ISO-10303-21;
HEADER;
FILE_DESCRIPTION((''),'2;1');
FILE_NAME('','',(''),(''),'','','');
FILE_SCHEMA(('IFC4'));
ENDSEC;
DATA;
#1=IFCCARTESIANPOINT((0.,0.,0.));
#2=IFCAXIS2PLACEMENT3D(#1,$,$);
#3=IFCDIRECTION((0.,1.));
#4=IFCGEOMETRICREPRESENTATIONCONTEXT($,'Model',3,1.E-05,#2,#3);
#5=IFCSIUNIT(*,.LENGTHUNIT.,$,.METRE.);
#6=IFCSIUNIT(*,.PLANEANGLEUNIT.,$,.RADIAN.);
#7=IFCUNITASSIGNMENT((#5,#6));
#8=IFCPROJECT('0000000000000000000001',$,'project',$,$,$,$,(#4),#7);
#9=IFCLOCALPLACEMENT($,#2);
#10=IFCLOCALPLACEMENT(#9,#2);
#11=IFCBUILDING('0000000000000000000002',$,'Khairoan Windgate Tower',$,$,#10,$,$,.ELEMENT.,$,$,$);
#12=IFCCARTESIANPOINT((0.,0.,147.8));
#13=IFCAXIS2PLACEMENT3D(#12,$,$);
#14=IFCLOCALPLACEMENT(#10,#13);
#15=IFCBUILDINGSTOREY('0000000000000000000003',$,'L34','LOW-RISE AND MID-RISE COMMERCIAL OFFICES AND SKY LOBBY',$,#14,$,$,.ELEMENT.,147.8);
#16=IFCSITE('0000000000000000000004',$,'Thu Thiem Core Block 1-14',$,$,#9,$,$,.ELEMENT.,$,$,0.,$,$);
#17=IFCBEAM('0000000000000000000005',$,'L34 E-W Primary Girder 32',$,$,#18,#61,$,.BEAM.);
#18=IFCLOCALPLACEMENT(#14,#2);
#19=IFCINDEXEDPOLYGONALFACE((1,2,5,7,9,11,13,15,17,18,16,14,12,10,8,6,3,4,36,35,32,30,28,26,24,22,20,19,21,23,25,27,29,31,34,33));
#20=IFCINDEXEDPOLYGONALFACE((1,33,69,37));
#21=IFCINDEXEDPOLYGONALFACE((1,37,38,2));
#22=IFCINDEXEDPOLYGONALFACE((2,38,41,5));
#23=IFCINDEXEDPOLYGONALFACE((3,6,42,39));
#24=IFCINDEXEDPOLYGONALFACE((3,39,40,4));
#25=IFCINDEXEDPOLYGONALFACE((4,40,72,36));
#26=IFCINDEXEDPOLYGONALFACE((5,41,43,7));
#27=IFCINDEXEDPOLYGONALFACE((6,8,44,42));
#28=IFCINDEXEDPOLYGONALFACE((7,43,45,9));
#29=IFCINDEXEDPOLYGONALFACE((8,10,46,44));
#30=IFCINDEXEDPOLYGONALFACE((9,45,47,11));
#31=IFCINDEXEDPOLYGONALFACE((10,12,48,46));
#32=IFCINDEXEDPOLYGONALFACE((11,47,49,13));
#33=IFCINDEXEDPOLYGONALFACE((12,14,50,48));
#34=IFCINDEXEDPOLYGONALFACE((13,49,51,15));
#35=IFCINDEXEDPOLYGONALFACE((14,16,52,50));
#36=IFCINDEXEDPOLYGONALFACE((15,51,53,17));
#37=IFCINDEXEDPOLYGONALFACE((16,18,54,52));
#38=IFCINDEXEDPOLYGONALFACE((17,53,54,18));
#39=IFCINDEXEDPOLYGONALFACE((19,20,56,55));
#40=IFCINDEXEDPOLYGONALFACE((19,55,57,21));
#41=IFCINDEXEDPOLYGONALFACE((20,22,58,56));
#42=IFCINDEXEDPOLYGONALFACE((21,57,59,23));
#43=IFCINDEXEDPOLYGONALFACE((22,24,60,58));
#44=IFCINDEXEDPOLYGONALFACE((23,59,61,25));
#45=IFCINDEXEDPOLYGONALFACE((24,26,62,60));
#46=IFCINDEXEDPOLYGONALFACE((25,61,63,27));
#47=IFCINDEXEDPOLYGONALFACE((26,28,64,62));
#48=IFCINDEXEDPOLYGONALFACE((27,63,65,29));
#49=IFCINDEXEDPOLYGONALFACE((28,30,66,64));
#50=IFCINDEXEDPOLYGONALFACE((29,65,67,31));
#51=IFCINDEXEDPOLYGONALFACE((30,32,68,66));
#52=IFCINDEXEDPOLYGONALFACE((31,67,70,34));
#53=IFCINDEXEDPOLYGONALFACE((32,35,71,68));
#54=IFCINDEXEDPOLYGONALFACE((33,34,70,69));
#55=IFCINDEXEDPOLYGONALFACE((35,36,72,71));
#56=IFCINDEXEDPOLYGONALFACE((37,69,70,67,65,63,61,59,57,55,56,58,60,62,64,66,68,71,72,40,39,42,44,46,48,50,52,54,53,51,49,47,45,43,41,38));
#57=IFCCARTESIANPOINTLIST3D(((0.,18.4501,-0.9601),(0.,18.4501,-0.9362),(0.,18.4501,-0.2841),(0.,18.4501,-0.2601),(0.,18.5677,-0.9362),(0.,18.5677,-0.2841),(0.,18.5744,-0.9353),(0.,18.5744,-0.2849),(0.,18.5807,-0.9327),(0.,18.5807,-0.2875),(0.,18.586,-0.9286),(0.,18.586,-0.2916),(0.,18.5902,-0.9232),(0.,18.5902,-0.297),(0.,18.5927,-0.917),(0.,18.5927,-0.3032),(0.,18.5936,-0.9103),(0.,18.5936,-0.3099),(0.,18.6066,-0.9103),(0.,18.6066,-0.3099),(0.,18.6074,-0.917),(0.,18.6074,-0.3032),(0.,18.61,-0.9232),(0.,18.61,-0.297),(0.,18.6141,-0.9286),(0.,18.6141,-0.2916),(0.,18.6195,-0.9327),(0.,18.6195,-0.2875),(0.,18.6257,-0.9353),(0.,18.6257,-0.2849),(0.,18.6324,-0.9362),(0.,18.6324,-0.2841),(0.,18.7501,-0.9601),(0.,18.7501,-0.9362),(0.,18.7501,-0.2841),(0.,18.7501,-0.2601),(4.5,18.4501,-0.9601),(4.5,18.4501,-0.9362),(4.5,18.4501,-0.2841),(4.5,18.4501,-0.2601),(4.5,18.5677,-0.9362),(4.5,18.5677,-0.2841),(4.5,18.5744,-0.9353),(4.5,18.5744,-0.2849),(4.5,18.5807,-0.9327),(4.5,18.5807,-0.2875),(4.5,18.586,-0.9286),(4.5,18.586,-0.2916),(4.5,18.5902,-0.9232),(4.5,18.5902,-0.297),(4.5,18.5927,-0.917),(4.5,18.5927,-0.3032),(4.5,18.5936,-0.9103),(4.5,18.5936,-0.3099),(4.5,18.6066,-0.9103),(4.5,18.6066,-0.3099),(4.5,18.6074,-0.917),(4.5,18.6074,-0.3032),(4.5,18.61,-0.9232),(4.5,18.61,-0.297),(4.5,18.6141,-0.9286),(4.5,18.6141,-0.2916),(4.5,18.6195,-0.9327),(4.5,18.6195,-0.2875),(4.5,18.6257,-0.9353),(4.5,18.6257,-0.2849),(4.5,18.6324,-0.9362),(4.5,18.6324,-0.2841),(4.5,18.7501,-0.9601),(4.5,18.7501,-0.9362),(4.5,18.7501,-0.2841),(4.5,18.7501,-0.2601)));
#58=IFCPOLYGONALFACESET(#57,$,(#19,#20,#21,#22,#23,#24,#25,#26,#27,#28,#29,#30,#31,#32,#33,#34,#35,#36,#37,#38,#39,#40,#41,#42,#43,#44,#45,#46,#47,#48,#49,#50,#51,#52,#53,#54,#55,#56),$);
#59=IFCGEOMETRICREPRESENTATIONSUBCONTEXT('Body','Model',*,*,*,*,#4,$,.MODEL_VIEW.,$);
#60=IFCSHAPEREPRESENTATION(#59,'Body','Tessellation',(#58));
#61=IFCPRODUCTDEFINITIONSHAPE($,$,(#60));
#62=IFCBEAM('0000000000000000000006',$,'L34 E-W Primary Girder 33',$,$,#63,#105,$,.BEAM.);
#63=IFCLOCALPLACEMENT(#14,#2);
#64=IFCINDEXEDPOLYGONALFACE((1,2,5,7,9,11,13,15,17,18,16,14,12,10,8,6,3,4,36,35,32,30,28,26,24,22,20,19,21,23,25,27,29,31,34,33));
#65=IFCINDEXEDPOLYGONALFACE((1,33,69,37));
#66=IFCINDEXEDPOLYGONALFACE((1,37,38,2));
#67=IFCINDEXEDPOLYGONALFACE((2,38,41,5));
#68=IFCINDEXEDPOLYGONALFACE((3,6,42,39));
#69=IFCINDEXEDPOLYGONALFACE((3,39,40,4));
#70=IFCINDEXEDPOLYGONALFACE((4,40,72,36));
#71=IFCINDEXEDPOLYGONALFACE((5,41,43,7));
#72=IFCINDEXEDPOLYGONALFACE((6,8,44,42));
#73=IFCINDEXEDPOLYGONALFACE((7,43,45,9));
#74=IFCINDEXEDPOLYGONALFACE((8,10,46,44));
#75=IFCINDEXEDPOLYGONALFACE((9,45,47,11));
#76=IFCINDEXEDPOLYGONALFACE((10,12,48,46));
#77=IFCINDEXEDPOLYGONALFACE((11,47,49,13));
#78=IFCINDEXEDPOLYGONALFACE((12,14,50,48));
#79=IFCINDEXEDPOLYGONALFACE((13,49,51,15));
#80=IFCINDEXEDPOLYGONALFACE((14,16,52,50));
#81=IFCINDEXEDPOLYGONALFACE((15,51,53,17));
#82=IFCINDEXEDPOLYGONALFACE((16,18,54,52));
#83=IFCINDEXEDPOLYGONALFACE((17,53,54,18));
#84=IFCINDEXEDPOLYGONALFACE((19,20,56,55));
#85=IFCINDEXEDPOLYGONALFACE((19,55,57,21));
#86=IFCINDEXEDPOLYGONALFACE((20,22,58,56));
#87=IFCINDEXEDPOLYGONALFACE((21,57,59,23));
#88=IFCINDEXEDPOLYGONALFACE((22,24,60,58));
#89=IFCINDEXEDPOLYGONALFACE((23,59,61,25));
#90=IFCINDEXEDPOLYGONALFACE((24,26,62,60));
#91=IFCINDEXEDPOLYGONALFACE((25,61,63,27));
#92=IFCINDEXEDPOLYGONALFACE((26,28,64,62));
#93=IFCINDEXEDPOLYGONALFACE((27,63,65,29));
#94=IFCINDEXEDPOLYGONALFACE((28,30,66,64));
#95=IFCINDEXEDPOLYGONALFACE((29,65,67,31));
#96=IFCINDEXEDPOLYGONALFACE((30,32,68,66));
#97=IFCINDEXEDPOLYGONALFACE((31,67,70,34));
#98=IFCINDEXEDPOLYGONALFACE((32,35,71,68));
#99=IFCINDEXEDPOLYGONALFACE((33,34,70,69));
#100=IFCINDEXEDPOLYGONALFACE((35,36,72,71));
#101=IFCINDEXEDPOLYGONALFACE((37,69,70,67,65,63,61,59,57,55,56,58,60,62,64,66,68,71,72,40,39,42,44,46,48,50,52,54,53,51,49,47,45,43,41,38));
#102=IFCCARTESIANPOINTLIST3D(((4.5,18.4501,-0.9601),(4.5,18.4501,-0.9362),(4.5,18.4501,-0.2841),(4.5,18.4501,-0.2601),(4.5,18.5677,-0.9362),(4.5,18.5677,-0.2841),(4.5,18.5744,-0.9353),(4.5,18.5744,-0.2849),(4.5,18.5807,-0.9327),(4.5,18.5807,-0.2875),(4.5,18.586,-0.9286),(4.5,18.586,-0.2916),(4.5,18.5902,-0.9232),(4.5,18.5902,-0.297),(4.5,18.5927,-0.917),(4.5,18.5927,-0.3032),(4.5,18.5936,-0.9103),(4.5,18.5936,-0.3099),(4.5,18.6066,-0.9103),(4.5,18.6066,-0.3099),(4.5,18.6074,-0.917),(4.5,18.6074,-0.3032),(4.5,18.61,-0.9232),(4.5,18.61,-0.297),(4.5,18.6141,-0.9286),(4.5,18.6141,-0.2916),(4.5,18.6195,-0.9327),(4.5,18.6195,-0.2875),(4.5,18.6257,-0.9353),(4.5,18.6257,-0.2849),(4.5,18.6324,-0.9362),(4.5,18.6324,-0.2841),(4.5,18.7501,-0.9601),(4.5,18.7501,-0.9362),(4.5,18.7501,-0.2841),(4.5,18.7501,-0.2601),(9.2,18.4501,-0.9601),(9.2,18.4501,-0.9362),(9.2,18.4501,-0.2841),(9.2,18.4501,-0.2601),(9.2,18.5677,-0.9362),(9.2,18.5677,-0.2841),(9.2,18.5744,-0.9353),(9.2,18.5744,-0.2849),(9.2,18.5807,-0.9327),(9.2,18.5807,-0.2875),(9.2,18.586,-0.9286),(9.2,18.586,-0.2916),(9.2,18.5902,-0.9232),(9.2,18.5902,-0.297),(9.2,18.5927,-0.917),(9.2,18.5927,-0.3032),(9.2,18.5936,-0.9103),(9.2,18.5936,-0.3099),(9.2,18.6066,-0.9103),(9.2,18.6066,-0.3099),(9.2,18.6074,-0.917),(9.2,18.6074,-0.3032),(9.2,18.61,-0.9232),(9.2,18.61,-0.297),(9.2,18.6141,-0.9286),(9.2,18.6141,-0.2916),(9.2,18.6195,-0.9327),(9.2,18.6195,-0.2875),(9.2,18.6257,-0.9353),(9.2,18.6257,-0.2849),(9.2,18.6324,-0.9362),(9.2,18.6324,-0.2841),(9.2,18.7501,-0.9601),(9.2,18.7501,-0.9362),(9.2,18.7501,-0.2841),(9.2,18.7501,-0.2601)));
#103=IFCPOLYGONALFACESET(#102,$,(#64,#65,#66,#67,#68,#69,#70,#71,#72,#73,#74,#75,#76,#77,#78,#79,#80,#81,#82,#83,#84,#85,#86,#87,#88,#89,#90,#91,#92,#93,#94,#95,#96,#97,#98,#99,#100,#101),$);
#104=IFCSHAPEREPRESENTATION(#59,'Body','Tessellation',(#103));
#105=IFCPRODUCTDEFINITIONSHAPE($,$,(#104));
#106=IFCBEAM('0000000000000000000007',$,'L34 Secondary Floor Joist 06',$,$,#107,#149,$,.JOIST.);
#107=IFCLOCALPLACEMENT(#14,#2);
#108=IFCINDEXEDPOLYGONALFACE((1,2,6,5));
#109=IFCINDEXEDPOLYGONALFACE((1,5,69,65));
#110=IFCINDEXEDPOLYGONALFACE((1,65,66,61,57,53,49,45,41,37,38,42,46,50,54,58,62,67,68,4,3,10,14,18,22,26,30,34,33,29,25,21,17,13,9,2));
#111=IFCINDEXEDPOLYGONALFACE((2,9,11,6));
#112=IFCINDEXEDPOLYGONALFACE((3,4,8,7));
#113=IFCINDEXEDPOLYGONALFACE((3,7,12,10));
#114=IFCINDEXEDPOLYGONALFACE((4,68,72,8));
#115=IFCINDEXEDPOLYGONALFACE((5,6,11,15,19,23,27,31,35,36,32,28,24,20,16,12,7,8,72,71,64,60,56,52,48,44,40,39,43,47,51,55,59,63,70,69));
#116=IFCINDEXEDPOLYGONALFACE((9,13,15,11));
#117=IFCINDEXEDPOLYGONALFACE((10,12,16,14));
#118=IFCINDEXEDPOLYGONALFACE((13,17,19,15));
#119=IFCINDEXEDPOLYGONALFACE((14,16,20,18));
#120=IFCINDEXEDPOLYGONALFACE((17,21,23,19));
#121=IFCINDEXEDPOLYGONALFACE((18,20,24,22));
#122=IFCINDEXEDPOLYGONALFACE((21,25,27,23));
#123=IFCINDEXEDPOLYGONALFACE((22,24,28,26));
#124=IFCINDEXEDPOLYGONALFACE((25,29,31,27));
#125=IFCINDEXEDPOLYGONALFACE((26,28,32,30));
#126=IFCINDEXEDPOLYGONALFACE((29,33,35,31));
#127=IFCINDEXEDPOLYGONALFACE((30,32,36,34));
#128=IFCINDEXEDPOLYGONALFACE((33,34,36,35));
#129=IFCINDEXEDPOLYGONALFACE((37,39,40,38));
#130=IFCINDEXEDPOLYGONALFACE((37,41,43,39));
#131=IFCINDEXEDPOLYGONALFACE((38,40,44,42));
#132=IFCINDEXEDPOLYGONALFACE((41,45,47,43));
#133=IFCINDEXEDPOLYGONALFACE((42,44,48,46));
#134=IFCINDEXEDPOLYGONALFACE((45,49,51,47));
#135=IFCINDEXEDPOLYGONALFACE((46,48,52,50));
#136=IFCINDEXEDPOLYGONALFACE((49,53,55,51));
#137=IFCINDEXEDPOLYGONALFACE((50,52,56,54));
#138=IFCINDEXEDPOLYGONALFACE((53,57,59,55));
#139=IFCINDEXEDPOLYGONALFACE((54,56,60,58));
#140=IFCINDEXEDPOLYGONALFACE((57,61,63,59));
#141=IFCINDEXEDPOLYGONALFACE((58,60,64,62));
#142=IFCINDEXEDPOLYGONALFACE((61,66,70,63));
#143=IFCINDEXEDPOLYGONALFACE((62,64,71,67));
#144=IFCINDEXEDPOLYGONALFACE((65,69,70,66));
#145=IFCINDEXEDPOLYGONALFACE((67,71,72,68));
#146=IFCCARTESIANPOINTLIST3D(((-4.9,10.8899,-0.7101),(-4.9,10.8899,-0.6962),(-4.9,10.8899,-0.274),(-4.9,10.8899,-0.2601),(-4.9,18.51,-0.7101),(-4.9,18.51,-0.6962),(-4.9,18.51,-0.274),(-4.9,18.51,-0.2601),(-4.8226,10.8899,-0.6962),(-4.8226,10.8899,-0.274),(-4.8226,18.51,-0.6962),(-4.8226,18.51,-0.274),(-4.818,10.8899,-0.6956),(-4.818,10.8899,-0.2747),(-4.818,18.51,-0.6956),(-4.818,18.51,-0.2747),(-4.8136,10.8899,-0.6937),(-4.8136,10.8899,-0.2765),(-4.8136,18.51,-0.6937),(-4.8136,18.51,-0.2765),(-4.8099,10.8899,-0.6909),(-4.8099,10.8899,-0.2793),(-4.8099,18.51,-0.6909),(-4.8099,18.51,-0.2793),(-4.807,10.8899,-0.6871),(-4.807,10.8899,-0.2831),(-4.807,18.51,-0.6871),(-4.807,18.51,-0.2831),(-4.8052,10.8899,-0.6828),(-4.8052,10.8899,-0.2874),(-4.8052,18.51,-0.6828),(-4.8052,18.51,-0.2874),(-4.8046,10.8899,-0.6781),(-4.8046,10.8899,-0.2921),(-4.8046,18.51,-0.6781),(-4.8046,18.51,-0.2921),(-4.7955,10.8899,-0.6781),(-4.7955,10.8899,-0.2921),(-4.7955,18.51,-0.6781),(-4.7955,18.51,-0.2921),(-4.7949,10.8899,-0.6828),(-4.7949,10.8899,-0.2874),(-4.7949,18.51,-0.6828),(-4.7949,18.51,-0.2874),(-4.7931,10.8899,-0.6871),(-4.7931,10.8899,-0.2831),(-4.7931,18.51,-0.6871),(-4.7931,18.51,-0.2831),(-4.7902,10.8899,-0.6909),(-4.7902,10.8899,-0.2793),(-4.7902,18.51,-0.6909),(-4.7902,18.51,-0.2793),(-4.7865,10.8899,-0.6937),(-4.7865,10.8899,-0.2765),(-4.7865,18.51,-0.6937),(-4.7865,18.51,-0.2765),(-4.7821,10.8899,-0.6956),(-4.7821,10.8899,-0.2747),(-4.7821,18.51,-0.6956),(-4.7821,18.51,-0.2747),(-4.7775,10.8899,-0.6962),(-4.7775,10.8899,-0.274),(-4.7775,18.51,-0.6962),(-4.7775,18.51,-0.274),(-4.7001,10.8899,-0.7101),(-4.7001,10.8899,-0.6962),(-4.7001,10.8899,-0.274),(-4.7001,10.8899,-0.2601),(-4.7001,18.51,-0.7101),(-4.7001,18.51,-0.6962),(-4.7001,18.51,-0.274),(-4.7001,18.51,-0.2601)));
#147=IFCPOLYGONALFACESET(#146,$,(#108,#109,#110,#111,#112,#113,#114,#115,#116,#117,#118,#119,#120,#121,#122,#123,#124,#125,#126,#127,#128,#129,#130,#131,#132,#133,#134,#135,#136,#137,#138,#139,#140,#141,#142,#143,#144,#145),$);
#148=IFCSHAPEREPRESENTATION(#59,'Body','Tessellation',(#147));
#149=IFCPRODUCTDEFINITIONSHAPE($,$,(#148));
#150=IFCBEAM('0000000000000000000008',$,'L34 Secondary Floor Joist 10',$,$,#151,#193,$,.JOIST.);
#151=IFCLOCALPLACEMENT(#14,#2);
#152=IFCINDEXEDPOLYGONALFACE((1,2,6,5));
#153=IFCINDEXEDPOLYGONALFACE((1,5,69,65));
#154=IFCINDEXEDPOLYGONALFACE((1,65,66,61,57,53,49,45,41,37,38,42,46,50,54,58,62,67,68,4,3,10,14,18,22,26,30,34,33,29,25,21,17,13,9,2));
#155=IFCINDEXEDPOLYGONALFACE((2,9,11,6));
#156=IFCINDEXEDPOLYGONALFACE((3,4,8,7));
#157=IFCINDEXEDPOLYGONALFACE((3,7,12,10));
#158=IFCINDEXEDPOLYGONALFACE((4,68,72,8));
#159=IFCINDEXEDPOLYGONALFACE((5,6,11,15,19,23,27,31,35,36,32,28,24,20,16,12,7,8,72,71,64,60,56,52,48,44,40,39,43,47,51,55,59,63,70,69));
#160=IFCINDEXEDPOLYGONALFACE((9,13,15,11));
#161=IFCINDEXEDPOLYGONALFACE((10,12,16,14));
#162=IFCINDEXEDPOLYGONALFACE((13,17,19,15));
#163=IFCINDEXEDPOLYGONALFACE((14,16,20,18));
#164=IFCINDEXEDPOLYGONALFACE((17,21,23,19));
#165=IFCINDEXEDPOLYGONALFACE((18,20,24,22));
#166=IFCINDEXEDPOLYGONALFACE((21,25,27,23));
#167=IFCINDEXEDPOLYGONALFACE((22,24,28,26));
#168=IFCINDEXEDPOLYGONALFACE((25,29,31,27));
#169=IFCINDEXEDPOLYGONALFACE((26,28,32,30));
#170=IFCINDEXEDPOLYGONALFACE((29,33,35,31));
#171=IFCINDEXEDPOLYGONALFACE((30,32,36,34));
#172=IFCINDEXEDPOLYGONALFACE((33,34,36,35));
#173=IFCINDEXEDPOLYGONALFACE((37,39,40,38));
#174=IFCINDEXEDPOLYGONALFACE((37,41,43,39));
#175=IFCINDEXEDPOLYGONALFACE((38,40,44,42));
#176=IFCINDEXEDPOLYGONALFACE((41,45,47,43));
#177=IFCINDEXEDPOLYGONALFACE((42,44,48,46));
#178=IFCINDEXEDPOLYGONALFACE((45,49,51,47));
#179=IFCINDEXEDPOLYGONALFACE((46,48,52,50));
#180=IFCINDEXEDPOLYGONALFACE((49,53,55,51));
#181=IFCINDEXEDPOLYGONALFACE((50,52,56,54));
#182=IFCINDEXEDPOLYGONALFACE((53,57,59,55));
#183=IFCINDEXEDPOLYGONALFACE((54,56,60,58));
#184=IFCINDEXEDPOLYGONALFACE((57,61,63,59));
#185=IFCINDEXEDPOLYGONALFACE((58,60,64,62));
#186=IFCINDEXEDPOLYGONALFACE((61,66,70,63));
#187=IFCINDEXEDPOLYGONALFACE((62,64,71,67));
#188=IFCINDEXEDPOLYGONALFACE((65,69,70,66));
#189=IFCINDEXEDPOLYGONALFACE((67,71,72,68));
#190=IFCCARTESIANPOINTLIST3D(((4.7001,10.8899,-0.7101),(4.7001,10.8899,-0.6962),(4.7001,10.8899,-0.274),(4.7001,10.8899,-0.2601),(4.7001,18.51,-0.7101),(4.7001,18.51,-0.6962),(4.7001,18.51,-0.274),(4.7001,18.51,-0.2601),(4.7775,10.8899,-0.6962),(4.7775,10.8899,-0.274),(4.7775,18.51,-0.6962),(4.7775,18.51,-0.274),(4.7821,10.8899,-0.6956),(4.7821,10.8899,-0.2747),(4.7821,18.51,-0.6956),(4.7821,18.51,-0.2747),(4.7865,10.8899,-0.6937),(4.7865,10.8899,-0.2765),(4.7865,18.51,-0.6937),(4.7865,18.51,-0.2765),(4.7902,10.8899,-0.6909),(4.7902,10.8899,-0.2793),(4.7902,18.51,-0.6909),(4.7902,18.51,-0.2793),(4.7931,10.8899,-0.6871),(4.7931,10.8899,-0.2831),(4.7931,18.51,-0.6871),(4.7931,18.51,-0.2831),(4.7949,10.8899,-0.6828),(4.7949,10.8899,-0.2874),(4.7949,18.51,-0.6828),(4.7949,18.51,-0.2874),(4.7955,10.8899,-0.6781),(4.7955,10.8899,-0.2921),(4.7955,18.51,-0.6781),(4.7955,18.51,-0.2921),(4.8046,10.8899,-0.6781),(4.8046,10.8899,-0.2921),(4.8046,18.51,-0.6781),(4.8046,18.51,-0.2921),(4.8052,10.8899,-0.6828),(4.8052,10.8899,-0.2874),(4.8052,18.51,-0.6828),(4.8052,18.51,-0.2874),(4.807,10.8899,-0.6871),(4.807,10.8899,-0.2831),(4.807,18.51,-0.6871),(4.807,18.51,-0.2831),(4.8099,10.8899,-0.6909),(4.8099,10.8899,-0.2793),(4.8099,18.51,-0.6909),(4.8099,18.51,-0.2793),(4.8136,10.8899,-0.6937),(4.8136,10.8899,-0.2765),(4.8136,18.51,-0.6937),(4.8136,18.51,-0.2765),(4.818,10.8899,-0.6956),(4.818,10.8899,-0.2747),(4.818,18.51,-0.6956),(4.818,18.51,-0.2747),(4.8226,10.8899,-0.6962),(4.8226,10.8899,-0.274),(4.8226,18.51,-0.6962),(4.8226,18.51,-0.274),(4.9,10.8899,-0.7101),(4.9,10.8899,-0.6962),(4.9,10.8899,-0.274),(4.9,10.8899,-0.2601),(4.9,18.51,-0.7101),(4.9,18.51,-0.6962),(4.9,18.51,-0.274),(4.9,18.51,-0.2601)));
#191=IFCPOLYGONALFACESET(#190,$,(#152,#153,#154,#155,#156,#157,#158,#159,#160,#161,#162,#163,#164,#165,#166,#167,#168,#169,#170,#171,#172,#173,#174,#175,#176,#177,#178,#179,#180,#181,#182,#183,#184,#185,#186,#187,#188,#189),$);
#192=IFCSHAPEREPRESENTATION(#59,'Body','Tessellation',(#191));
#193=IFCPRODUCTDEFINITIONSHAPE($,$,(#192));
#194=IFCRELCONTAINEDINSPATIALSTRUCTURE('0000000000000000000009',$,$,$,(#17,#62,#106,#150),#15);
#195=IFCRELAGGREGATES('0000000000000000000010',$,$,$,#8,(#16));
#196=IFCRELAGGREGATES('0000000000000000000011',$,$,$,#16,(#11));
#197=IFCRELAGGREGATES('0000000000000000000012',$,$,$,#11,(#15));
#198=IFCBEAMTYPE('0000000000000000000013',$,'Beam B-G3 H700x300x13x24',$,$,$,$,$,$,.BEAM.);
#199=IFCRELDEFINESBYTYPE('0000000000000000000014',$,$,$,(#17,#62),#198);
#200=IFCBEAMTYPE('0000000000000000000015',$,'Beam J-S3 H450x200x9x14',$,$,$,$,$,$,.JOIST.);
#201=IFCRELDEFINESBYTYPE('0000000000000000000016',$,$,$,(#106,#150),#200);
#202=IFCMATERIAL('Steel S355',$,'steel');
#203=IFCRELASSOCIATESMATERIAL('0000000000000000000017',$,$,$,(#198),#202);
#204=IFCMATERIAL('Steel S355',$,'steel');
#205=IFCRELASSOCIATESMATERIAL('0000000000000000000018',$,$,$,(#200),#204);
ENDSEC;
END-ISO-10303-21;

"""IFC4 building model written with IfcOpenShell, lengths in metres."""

from ifc_helpers import new_model, si_unit, direction, frame, origin, origin_2d, place, context, subcontext, project, spatial, i_section, extrude, material, material_profile, profile_set, type_object, element, save


model = new_model("IFC4")

# Units and contexts
model_context = context("Model", 3, precision=1e-05, world=origin(), true_north=direction((0.0, 1.0)))
body_context = subcontext(model_context, "Body", "Model", "MODEL_VIEW")
ifc_project = project(units=[si_unit("LENGTHUNIT", "METRE"), si_unit("PLANEANGLEUNIT", "RADIAN")], contexts=[model_context])

# Site, building, storey
site_placement = place(None, origin())
site = spatial("IfcSite", under=ifc_project, at=site_placement, Name="Thu Thiem Core Block 1-14", CompositionType="ELEMENT", RefElevation=0.0)
building_placement = place(site_placement, origin())
building = spatial("IfcBuilding", under=site, at=building_placement, Name="Khairoan Windgate Tower", CompositionType="ELEMENT")
storey_placement = place(building_placement, frame((0.0, 0.0, 147.8)))
storey = spatial("IfcBuildingStorey", under=building, at=storey_placement, Name="L34", Description="LOW-RISE AND MID-RISE COMMERCIAL OFFICES AND SKY LOBBY", CompositionType="ELEMENT", Elevation=147.8)

# Beams
ifc_material_1 = material(Name="Steel S355", Category="steel")
ifc_material_profile_1 = material_profile(ifc_material_1, i_section(OverallWidth=0.3, OverallDepth=0.7, WebThickness=0.0129, FlangeThickness=0.0239, FilletRadius=0.0259, at=origin_2d()))
ifc_profile_set_1 = profile_set([ifc_material_profile_1], Name="Steel S355")
beam_type_1 = type_object("IfcBeamType", Name="Beam B-G3 H700x300x13x24", PredefinedType="BEAM", material=ifc_profile_set_1)
for number, where, z_axis, x_axis, name in (
    (1, (0.0, 18.6001, -0.6101), (1.0, 0.0, 0.0), (0.0, 1.0, 0.0), "L34 E-W Primary Girder 32"),
):
    element("IfcBeam", number, at=place(storey_placement, frame(where, z_axis=z_axis, x_axis=x_axis)), inside=storey, type_object=beam_type_1, Name=name, PredefinedType="BEAM", context=body_context, shape_type="SweptSolid", body=[
        extrude(i_section(OverallWidth=0.3, OverallDepth=0.7, WebThickness=0.0129, FlangeThickness=0.0239, FilletRadius=0.0259, at=origin_2d()), origin(), (0.0, 0.0, 1.0), 4.5),
    ])
beam_1_placement = place(storey_placement, frame((4.5, 18.6001, -0.6101), z_axis=(1.0, 0.0, 0.0), x_axis=(0.0, 1.0, 0.0)))
element("IfcBeam", 2, at=beam_1_placement, inside=storey, type_object=beam_type_1, Name="L34 E-W Primary Girder 33", PredefinedType="BEAM", context=body_context, shape_type="SweptSolid", body=[
    extrude(i_section(OverallWidth=0.3, OverallDepth=0.7, WebThickness=0.0129, FlangeThickness=0.0239, FilletRadius=0.0259, at=origin_2d()), origin(), (0.0, 0.0, 1.0), 4.7),
])
ifc_material_2 = material(Name="Steel S355", Category="steel")
ifc_material_profile_2 = material_profile(ifc_material_2, i_section(OverallWidth=0.2, OverallDepth=0.45, WebThickness=0.009, FlangeThickness=0.0139, FilletRadius=0.0181, at=origin_2d()))
ifc_profile_set_2 = profile_set([ifc_material_profile_2], Name="Steel S355")
beam_type_2 = type_object("IfcBeamType", Name="Beam J-S3 H450x200x9x14", PredefinedType="JOIST", material=ifc_profile_set_2)
for number, where, z_axis, x_axis, name in (
    (3, (-4.8, 10.8899, -0.4851), (0.0, 1.0, 0.0), (-1.0, 0.0, 0.0), "L34 Secondary Floor Joist 06"),
    (4, (4.8, 10.8899, -0.4851), (0.0, 1.0, 0.0), (-1.0, 0.0, 0.0), "L34 Secondary Floor Joist 10"),
):
    element("IfcBeam", number, at=place(storey_placement, frame(where, z_axis=z_axis, x_axis=x_axis)), inside=storey, type_object=beam_type_2, Name=name, PredefinedType="JOIST", context=body_context, shape_type="SweptSolid", body=[
        extrude(i_section(OverallWidth=0.2, OverallDepth=0.45, WebThickness=0.009, FlangeThickness=0.0139, FilletRadius=0.0181, at=origin_2d()), origin(), (0.0, 0.0, 1.0), 7.6201),
    ])

save(model, "model.ifc")
